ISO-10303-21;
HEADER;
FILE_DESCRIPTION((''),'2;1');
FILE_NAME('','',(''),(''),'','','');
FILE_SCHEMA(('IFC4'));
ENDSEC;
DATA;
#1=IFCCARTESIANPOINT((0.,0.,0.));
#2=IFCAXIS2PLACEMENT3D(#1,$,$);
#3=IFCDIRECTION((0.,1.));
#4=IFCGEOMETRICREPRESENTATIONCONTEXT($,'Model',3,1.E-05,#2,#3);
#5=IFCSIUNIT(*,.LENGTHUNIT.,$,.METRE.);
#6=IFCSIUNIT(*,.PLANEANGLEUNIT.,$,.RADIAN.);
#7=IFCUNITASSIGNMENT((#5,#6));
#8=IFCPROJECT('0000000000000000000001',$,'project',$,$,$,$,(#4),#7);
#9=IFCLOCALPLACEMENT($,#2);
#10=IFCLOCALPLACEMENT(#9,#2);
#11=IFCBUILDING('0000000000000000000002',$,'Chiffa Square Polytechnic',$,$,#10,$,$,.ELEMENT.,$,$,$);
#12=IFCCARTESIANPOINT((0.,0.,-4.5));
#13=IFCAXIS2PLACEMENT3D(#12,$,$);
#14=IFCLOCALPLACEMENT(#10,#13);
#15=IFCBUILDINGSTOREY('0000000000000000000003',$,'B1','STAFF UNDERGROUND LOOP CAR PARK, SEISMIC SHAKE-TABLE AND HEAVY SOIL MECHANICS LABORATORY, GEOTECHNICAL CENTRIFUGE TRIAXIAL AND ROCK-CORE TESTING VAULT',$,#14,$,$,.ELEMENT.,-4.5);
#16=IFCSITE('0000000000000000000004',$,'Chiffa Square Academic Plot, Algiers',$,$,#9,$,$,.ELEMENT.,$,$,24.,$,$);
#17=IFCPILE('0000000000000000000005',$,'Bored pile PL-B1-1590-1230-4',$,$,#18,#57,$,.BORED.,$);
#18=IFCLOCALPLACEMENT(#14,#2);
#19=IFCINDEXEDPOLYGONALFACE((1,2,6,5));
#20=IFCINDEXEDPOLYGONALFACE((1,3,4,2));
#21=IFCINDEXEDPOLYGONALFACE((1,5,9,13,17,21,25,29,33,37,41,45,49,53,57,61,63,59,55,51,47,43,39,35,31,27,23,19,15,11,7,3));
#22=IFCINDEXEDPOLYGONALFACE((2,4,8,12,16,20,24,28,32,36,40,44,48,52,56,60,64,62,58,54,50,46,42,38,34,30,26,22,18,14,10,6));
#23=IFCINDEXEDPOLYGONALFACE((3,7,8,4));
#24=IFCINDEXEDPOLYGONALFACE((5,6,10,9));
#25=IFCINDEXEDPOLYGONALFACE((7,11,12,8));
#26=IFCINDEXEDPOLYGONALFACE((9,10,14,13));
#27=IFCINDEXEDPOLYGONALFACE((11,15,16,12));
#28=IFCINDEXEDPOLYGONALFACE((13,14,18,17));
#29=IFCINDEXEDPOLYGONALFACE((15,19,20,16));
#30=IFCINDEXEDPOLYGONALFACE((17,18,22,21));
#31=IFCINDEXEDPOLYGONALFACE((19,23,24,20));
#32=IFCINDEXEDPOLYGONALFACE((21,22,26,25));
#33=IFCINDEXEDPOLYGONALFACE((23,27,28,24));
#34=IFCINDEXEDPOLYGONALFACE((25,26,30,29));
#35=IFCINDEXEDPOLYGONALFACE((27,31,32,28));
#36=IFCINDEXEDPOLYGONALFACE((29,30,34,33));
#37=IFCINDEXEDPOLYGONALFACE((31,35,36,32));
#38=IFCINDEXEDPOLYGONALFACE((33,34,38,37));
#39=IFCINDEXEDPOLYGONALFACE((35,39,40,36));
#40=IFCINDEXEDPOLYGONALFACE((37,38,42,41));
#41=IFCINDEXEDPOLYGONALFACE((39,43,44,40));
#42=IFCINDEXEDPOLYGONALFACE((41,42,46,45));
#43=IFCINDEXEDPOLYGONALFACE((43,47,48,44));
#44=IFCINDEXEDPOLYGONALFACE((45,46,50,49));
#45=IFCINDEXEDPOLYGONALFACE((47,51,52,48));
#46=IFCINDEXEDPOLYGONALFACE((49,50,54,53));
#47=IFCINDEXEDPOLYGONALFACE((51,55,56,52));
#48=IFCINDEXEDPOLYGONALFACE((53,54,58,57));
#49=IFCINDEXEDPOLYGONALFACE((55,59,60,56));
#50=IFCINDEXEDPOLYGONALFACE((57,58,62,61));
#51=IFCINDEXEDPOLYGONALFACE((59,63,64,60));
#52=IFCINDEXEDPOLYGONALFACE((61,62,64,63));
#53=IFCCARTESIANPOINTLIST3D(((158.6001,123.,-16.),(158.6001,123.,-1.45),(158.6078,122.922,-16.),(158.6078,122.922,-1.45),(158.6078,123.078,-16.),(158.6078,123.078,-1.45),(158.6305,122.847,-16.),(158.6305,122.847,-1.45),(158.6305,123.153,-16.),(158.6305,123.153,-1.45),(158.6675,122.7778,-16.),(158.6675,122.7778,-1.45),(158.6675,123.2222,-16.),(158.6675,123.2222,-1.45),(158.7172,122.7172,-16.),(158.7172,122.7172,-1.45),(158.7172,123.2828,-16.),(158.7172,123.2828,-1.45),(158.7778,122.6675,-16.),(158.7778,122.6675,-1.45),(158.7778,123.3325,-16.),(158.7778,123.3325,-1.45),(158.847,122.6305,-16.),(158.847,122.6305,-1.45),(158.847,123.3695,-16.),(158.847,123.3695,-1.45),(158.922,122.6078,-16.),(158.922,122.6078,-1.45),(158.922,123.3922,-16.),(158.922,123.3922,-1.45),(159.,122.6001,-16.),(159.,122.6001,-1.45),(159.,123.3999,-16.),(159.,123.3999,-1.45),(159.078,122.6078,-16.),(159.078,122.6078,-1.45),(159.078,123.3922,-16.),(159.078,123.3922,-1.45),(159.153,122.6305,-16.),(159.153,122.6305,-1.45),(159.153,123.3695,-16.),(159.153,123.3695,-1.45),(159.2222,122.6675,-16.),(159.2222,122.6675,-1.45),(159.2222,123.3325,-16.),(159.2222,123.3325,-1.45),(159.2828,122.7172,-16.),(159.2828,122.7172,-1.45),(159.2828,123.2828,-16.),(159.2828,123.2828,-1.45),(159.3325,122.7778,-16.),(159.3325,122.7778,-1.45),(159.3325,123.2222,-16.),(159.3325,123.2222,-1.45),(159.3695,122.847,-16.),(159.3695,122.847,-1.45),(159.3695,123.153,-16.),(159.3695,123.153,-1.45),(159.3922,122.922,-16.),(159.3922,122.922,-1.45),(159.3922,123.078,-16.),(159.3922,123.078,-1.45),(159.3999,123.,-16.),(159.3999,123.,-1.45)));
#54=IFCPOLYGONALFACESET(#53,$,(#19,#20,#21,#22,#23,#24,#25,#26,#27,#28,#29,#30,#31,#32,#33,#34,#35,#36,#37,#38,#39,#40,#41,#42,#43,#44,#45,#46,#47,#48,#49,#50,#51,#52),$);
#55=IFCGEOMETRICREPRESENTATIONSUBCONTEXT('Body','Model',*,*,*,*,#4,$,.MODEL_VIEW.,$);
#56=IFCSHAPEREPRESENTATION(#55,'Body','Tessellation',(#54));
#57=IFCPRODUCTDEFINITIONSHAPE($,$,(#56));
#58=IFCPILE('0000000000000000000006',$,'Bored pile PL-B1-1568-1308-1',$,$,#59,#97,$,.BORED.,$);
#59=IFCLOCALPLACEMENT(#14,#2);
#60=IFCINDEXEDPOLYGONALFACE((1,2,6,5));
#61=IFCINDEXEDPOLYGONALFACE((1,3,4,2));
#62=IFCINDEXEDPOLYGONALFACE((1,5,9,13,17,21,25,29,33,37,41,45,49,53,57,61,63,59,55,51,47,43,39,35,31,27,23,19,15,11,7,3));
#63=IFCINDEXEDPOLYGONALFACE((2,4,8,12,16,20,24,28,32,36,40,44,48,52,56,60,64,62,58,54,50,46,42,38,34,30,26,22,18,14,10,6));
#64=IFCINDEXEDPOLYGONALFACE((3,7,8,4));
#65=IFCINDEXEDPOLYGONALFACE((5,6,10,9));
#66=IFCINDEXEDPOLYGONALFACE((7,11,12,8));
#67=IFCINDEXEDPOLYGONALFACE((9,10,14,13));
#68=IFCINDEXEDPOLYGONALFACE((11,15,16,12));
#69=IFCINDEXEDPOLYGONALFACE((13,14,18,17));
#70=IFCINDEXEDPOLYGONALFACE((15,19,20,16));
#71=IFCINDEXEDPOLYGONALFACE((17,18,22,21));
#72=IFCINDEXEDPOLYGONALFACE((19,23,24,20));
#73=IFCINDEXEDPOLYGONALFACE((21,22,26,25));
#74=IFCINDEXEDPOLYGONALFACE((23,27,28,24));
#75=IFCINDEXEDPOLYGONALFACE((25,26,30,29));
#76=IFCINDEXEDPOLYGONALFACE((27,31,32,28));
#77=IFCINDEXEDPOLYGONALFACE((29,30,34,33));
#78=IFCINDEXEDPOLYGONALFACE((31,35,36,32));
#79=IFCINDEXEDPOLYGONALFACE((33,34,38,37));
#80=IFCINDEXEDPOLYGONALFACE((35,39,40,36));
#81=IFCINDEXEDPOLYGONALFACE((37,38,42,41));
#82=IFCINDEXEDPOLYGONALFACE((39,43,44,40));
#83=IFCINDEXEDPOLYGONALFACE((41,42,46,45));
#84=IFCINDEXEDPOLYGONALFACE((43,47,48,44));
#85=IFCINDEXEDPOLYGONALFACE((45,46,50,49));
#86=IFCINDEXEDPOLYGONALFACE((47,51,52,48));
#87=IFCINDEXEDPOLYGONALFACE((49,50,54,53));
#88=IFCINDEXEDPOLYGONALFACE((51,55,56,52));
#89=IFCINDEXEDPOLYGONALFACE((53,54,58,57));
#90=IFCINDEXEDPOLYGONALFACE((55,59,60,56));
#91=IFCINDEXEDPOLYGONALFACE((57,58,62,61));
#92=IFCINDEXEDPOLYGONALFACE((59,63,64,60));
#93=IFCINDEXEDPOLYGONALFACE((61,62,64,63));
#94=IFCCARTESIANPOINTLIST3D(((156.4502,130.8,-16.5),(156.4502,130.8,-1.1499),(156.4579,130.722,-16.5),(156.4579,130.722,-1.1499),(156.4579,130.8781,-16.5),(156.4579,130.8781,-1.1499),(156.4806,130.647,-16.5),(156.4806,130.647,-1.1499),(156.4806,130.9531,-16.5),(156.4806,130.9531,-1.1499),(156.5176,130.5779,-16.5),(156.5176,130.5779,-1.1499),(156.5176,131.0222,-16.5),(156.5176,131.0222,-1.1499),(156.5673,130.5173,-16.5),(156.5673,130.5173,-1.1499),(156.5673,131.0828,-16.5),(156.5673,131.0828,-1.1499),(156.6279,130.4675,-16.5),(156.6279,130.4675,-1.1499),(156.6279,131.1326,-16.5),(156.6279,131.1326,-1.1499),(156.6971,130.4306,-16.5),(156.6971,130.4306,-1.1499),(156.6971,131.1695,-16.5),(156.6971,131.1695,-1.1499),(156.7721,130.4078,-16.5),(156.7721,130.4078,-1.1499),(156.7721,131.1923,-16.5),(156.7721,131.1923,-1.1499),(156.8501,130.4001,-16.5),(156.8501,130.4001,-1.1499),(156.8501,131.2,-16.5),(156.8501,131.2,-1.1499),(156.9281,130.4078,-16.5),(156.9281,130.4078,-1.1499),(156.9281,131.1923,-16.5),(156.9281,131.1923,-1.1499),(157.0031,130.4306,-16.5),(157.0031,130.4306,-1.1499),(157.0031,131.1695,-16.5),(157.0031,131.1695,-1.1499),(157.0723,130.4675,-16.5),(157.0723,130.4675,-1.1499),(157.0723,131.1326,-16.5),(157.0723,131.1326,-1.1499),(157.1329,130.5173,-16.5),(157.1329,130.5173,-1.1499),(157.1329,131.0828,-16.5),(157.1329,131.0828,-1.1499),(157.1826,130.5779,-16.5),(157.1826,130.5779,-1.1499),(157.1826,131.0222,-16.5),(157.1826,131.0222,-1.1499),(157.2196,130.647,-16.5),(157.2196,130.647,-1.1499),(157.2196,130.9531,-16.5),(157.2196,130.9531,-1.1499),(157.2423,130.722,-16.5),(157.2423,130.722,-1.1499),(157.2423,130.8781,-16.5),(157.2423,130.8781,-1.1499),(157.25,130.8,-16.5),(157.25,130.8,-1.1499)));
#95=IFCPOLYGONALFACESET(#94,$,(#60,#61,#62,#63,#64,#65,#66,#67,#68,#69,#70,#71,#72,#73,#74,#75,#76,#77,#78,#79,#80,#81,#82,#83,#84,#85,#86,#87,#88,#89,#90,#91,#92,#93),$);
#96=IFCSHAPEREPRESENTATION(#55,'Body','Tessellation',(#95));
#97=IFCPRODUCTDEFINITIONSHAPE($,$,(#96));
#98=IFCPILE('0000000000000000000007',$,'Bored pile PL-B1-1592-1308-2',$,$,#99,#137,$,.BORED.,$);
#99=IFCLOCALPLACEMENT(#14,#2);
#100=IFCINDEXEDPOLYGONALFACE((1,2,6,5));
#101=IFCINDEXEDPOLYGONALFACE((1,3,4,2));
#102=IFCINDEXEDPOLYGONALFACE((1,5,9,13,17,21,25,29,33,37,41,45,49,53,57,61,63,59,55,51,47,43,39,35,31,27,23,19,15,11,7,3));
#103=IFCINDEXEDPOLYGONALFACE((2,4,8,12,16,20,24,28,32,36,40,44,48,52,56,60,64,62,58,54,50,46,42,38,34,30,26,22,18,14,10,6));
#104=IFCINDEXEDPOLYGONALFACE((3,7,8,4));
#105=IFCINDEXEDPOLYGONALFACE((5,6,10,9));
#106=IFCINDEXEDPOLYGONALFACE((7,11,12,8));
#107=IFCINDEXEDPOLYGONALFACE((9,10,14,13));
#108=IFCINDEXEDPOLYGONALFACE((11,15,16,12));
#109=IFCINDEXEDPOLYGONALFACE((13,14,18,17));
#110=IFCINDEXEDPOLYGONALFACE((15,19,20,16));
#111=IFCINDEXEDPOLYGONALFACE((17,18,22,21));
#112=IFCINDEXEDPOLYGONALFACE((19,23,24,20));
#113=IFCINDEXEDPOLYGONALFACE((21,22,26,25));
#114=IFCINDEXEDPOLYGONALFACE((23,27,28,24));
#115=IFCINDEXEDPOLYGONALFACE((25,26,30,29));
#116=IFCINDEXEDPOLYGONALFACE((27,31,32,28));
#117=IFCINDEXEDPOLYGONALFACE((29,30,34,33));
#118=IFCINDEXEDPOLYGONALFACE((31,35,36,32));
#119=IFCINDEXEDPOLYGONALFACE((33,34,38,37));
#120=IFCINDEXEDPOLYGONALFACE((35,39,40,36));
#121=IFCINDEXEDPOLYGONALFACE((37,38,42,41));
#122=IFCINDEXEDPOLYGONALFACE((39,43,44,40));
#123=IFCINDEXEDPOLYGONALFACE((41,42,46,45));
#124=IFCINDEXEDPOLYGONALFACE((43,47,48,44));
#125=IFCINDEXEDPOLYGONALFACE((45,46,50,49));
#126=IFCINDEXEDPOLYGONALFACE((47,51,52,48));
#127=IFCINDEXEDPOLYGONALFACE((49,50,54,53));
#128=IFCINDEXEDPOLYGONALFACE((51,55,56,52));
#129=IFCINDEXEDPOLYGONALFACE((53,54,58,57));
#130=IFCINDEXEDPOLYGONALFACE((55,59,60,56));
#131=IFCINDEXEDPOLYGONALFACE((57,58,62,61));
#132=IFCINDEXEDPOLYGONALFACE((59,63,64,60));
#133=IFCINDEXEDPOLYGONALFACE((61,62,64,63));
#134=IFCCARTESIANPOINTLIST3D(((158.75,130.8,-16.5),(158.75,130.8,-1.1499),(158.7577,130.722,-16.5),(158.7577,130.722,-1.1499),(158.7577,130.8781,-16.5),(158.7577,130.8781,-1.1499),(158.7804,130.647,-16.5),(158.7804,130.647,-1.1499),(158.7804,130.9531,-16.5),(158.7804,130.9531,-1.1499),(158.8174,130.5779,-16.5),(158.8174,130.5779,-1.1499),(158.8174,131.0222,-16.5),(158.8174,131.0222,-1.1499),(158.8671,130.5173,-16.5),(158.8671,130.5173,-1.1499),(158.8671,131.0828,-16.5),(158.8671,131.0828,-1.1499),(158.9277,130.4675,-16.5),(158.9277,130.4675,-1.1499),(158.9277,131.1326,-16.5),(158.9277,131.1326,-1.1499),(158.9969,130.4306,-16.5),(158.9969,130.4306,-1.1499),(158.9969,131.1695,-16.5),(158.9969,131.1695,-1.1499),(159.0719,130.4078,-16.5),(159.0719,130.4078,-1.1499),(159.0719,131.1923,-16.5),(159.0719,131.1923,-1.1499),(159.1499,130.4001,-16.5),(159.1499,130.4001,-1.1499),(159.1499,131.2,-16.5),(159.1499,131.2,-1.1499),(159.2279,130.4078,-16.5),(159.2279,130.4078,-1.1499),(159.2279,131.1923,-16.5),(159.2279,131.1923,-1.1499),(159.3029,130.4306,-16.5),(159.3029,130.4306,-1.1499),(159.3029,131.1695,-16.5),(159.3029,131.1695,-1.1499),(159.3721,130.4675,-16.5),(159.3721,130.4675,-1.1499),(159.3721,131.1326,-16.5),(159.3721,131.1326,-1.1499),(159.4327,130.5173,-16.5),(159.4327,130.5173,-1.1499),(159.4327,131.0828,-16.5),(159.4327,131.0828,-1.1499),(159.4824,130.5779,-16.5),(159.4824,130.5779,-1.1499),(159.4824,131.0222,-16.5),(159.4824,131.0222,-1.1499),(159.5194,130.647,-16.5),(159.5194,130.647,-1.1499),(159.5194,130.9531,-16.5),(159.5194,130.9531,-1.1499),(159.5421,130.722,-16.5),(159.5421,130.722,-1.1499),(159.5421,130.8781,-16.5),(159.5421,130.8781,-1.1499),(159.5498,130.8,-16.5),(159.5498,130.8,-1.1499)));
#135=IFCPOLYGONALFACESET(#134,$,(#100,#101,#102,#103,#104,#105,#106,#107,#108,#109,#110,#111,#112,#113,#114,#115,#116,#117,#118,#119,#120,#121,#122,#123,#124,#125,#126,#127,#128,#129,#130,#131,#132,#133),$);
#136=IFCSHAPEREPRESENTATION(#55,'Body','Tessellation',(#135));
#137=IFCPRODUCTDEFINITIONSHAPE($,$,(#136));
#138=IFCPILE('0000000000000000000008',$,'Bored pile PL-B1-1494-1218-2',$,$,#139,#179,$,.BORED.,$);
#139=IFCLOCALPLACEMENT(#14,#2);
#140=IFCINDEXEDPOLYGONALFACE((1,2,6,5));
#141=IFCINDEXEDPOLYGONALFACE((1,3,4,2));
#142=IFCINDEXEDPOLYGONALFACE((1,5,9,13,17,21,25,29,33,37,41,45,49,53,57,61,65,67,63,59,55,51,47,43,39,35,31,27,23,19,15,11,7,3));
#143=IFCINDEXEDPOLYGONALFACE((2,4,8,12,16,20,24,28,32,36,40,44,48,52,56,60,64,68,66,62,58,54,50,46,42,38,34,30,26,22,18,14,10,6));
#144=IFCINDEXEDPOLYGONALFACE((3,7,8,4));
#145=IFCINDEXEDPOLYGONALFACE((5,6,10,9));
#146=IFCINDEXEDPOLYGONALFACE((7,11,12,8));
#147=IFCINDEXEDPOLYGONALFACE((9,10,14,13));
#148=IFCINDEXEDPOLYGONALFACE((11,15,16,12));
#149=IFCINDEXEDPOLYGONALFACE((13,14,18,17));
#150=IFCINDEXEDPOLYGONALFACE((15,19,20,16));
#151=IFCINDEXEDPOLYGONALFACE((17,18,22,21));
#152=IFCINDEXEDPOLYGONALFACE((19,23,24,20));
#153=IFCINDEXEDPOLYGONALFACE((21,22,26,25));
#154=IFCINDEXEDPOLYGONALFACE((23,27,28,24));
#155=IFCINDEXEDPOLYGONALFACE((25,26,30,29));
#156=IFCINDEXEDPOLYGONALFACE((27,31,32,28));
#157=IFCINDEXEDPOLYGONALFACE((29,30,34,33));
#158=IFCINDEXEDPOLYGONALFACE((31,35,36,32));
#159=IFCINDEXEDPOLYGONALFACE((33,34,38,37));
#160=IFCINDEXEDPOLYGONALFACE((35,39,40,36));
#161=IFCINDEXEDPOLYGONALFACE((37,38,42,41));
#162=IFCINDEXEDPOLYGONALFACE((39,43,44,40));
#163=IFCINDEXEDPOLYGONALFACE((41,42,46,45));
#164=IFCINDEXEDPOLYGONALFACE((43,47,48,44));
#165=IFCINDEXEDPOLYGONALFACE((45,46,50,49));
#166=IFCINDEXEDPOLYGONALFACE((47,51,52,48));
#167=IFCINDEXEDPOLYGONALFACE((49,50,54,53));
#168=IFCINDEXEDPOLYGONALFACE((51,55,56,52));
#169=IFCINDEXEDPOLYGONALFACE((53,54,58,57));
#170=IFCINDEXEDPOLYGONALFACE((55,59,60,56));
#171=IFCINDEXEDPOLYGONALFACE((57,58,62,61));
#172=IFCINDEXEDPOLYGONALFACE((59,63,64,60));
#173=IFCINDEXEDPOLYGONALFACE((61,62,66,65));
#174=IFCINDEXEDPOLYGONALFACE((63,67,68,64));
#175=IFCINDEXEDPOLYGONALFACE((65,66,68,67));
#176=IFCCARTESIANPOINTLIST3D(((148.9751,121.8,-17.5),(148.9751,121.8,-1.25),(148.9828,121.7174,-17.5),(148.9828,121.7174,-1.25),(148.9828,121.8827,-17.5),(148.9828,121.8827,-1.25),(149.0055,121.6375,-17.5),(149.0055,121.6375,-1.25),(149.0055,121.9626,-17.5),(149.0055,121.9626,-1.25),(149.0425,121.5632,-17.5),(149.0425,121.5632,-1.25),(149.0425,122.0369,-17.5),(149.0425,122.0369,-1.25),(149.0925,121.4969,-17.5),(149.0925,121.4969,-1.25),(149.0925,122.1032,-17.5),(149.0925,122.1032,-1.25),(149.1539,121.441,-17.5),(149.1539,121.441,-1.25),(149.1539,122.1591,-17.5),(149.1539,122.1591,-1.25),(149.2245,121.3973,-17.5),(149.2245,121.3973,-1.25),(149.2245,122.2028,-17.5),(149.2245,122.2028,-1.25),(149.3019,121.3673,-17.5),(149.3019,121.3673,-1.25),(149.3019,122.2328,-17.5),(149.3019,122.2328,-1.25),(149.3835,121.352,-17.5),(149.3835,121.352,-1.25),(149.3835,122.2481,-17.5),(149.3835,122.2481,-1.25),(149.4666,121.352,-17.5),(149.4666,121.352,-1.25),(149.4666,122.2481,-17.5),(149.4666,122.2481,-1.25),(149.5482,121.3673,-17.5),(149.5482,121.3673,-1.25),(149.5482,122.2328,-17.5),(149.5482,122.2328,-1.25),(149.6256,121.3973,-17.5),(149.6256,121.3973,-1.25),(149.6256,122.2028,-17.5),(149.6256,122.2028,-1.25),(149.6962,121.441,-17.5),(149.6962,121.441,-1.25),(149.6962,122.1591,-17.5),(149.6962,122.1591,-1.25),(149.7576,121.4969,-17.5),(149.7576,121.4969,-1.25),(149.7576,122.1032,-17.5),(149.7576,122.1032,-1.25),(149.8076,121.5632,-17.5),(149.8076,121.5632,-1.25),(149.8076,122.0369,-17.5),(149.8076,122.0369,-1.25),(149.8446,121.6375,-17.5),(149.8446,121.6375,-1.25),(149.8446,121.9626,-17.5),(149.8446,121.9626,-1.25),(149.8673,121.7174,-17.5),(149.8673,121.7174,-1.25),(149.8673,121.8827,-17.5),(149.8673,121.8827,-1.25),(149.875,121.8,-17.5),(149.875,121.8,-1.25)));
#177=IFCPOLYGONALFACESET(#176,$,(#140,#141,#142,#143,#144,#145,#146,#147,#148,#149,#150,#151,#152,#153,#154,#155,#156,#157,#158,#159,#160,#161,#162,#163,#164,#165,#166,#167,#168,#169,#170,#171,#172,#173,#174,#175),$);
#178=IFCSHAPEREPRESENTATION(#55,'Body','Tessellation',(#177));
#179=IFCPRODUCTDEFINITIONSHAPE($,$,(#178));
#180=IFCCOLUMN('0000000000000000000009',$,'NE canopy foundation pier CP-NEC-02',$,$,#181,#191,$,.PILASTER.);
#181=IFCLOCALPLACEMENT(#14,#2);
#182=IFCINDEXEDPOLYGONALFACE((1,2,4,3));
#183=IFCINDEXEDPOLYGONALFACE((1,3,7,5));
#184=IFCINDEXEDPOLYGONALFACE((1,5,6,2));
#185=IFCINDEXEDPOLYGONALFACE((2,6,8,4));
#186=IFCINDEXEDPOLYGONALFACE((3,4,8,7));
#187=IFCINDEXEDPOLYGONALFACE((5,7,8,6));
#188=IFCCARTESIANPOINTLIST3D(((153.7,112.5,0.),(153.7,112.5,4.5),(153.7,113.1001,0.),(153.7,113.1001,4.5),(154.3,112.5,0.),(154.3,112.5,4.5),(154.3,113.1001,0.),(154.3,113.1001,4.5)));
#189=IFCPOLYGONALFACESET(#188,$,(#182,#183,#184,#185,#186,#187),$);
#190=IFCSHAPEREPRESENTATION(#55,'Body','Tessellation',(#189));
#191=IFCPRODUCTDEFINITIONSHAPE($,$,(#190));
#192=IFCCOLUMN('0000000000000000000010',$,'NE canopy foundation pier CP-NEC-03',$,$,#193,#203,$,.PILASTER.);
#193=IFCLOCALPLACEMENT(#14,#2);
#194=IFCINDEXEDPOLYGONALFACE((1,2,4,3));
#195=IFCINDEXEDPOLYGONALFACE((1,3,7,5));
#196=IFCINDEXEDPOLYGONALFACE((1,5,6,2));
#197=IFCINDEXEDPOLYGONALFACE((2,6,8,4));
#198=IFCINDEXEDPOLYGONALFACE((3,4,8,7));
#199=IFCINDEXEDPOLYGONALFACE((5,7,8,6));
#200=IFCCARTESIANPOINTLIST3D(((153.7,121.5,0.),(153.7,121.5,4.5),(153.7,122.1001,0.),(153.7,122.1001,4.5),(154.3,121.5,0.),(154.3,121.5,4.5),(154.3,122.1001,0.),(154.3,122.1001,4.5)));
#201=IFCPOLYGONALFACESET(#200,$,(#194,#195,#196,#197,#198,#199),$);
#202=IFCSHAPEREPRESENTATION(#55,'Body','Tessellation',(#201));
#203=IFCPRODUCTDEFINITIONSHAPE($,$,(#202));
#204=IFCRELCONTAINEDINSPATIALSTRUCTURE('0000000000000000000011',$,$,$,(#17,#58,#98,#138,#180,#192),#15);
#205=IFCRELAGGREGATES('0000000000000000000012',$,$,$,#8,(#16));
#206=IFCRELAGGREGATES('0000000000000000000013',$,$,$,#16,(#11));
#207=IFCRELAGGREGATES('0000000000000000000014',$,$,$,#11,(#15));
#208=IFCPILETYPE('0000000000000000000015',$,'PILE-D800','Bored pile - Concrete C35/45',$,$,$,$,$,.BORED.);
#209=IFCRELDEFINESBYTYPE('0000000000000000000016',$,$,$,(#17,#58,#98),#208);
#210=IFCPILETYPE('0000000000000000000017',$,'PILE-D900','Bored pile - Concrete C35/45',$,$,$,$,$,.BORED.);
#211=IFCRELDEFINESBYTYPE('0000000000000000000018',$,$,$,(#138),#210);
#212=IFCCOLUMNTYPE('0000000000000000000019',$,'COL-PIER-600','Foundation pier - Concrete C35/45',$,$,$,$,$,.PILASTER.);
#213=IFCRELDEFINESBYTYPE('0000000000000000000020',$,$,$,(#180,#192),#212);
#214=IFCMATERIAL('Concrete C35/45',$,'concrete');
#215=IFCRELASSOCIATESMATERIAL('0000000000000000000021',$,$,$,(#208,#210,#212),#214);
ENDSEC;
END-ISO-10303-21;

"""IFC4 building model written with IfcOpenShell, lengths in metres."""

from ifc_helpers import new_model, si_unit, direction, frame, origin, origin_2d, place, context, subcontext, project, spatial, rectangle, circle, extrude, material, material_profile, profile_set, type_object, element, save


model = new_model("IFC4")

# Units and contexts
model_context = context("Model", 3, precision=1e-05, world=origin(), true_north=direction((0.0, 1.0)))
body_context = subcontext(model_context, "Body", "Model", "MODEL_VIEW")
ifc_project = project(units=[si_unit("LENGTHUNIT", "METRE"), si_unit("PLANEANGLEUNIT", "RADIAN")], contexts=[model_context])

# Site, building, storey
site_placement = place(None, origin())
site = spatial("IfcSite", under=ifc_project, at=site_placement, Name="Chiffa Square Academic Plot, Algiers", CompositionType="ELEMENT", RefElevation=24.0)
building_placement = place(site_placement, origin())
building = spatial("IfcBuilding", under=site, at=building_placement, Name="Chiffa Square Polytechnic", CompositionType="ELEMENT")
storey_placement = place(building_placement, frame((0.0, 0.0, -4.5)))
storey = spatial("IfcBuildingStorey", under=building, at=storey_placement, Name="B1", Description="STAFF UNDERGROUND LOOP CAR PARK, SEISMIC SHAKE-TABLE AND HEAVY SOIL MECHANICS LABORATORY, GEOTECHNICAL CENTRIFUGE TRIAXIAL AND ROCK-CORE TESTING VAULT", CompositionType="ELEMENT", Elevation=-4.5)

# Shared definitions
ifc_material_1 = material(Name="Concrete C35/45", Category="concrete")

# Piles
ifc_material_profile_1 = material_profile(ifc_material_1, circle(Radius=0.3999, at=origin_2d()), Name="PILE D800")
ifc_profile_set_1 = profile_set([ifc_material_profile_1], Name="Concrete C35/45")
pile_type_1 = type_object("IfcPileType", Name="PILE-D800", Description="Bored pile - Concrete C35/45", PredefinedType="BORED", material=ifc_profile_set_1)
for number, where, z_axis, x_axis, name in (
    (1, (159.0, 123.0, -1.45), (0.0, 0.0, -1.0), (1.0, 0.0, 0.0), "Bored pile PL-B1-1590-1230-4"),
):
    element("IfcPile", number, at=place(storey_placement, frame(where, z_axis=z_axis, x_axis=x_axis)), inside=storey, type_object=pile_type_1, Name=name, PredefinedType="BORED", context=body_context, shape_type="SweptSolid", body=[
        extrude(circle(Radius=0.3999, at=origin_2d()), origin(), (0.0, 0.0, 1.0), 14.55),
    ])
for number, where, z_axis, x_axis, name in (
    (2, (156.8501, 130.8, -1.1499), (0.0, 0.0, -1.0), (1.0, 0.0, 0.0), "Bored pile PL-B1-1568-1308-1"),
    (3, (159.1499, 130.8, -1.1499), (0.0, 0.0, -1.0), (1.0, 0.0, 0.0), "Bored pile PL-B1-1592-1308-2"),
):
    element("IfcPile", number, at=place(storey_placement, frame(where, z_axis=z_axis, x_axis=x_axis)), inside=storey, type_object=pile_type_1, Name=name, PredefinedType="BORED", context=body_context, shape_type="SweptSolid", body=[
        extrude(circle(Radius=0.3999, at=origin_2d()), origin(), (0.0, 0.0, 1.0), 15.3501),
    ])
ifc_material_profile_2 = material_profile(ifc_material_1, circle(Radius=0.45, at=origin_2d()), Name="PILE D900")
ifc_profile_set_2 = profile_set([ifc_material_profile_2], Name="Concrete C35/45")
pile_type_2 = type_object("IfcPileType", Name="PILE-D900", Description="Bored pile - Concrete C35/45", PredefinedType="BORED", material=ifc_profile_set_2)
pile_placement = place(storey_placement, frame((149.425, 121.8, -1.25), z_axis=(0.0, 0.0, -1.0), x_axis=(1.0, 0.0, 0.0)))
element("IfcPile", 4, at=pile_placement, inside=storey, type_object=pile_type_2, Name="Bored pile PL-B1-1494-1218-2", PredefinedType="BORED", context=body_context, shape_type="SweptSolid", body=[
    extrude(circle(Radius=0.45, at=origin_2d()), origin(), (0.0, 0.0, 1.0), 16.25),
])

# Columns
ifc_material_profile_3 = material_profile(ifc_material_1, rectangle(XDim=0.6001, YDim=0.6001, at=origin_2d()), Name="RC 600x600")
ifc_profile_set_3 = profile_set([ifc_material_profile_3], Name="Concrete C35/45")
column_type_1 = type_object("IfcColumnType", Name="COL-PIER-600", Description="Foundation pier - Concrete C35/45", PredefinedType="PILASTER", material=ifc_profile_set_3)
for number, where, z_axis, x_axis, name in (
    (5, (154.0, 112.8, 0.0), (0.0, 0.0, 1.0), (1.0, 0.0, 0.0), "NE canopy foundation pier CP-NEC-02"),
    (6, (154.0, 121.8, 0.0), (0.0, 0.0, 1.0), (1.0, 0.0, 0.0), "NE canopy foundation pier CP-NEC-03"),
):
    element("IfcColumn", number, at=place(storey_placement, frame(where, z_axis=z_axis, x_axis=x_axis)), inside=storey, type_object=column_type_1, Name=name, PredefinedType="PILASTER", context=body_context, shape_type="SweptSolid", body=[
        extrude(rectangle(XDim=0.6001, YDim=0.6001, at=origin_2d()), origin(), (0.0, 0.0, 1.0), 4.5),
    ])

save(model, "model.ifc")
